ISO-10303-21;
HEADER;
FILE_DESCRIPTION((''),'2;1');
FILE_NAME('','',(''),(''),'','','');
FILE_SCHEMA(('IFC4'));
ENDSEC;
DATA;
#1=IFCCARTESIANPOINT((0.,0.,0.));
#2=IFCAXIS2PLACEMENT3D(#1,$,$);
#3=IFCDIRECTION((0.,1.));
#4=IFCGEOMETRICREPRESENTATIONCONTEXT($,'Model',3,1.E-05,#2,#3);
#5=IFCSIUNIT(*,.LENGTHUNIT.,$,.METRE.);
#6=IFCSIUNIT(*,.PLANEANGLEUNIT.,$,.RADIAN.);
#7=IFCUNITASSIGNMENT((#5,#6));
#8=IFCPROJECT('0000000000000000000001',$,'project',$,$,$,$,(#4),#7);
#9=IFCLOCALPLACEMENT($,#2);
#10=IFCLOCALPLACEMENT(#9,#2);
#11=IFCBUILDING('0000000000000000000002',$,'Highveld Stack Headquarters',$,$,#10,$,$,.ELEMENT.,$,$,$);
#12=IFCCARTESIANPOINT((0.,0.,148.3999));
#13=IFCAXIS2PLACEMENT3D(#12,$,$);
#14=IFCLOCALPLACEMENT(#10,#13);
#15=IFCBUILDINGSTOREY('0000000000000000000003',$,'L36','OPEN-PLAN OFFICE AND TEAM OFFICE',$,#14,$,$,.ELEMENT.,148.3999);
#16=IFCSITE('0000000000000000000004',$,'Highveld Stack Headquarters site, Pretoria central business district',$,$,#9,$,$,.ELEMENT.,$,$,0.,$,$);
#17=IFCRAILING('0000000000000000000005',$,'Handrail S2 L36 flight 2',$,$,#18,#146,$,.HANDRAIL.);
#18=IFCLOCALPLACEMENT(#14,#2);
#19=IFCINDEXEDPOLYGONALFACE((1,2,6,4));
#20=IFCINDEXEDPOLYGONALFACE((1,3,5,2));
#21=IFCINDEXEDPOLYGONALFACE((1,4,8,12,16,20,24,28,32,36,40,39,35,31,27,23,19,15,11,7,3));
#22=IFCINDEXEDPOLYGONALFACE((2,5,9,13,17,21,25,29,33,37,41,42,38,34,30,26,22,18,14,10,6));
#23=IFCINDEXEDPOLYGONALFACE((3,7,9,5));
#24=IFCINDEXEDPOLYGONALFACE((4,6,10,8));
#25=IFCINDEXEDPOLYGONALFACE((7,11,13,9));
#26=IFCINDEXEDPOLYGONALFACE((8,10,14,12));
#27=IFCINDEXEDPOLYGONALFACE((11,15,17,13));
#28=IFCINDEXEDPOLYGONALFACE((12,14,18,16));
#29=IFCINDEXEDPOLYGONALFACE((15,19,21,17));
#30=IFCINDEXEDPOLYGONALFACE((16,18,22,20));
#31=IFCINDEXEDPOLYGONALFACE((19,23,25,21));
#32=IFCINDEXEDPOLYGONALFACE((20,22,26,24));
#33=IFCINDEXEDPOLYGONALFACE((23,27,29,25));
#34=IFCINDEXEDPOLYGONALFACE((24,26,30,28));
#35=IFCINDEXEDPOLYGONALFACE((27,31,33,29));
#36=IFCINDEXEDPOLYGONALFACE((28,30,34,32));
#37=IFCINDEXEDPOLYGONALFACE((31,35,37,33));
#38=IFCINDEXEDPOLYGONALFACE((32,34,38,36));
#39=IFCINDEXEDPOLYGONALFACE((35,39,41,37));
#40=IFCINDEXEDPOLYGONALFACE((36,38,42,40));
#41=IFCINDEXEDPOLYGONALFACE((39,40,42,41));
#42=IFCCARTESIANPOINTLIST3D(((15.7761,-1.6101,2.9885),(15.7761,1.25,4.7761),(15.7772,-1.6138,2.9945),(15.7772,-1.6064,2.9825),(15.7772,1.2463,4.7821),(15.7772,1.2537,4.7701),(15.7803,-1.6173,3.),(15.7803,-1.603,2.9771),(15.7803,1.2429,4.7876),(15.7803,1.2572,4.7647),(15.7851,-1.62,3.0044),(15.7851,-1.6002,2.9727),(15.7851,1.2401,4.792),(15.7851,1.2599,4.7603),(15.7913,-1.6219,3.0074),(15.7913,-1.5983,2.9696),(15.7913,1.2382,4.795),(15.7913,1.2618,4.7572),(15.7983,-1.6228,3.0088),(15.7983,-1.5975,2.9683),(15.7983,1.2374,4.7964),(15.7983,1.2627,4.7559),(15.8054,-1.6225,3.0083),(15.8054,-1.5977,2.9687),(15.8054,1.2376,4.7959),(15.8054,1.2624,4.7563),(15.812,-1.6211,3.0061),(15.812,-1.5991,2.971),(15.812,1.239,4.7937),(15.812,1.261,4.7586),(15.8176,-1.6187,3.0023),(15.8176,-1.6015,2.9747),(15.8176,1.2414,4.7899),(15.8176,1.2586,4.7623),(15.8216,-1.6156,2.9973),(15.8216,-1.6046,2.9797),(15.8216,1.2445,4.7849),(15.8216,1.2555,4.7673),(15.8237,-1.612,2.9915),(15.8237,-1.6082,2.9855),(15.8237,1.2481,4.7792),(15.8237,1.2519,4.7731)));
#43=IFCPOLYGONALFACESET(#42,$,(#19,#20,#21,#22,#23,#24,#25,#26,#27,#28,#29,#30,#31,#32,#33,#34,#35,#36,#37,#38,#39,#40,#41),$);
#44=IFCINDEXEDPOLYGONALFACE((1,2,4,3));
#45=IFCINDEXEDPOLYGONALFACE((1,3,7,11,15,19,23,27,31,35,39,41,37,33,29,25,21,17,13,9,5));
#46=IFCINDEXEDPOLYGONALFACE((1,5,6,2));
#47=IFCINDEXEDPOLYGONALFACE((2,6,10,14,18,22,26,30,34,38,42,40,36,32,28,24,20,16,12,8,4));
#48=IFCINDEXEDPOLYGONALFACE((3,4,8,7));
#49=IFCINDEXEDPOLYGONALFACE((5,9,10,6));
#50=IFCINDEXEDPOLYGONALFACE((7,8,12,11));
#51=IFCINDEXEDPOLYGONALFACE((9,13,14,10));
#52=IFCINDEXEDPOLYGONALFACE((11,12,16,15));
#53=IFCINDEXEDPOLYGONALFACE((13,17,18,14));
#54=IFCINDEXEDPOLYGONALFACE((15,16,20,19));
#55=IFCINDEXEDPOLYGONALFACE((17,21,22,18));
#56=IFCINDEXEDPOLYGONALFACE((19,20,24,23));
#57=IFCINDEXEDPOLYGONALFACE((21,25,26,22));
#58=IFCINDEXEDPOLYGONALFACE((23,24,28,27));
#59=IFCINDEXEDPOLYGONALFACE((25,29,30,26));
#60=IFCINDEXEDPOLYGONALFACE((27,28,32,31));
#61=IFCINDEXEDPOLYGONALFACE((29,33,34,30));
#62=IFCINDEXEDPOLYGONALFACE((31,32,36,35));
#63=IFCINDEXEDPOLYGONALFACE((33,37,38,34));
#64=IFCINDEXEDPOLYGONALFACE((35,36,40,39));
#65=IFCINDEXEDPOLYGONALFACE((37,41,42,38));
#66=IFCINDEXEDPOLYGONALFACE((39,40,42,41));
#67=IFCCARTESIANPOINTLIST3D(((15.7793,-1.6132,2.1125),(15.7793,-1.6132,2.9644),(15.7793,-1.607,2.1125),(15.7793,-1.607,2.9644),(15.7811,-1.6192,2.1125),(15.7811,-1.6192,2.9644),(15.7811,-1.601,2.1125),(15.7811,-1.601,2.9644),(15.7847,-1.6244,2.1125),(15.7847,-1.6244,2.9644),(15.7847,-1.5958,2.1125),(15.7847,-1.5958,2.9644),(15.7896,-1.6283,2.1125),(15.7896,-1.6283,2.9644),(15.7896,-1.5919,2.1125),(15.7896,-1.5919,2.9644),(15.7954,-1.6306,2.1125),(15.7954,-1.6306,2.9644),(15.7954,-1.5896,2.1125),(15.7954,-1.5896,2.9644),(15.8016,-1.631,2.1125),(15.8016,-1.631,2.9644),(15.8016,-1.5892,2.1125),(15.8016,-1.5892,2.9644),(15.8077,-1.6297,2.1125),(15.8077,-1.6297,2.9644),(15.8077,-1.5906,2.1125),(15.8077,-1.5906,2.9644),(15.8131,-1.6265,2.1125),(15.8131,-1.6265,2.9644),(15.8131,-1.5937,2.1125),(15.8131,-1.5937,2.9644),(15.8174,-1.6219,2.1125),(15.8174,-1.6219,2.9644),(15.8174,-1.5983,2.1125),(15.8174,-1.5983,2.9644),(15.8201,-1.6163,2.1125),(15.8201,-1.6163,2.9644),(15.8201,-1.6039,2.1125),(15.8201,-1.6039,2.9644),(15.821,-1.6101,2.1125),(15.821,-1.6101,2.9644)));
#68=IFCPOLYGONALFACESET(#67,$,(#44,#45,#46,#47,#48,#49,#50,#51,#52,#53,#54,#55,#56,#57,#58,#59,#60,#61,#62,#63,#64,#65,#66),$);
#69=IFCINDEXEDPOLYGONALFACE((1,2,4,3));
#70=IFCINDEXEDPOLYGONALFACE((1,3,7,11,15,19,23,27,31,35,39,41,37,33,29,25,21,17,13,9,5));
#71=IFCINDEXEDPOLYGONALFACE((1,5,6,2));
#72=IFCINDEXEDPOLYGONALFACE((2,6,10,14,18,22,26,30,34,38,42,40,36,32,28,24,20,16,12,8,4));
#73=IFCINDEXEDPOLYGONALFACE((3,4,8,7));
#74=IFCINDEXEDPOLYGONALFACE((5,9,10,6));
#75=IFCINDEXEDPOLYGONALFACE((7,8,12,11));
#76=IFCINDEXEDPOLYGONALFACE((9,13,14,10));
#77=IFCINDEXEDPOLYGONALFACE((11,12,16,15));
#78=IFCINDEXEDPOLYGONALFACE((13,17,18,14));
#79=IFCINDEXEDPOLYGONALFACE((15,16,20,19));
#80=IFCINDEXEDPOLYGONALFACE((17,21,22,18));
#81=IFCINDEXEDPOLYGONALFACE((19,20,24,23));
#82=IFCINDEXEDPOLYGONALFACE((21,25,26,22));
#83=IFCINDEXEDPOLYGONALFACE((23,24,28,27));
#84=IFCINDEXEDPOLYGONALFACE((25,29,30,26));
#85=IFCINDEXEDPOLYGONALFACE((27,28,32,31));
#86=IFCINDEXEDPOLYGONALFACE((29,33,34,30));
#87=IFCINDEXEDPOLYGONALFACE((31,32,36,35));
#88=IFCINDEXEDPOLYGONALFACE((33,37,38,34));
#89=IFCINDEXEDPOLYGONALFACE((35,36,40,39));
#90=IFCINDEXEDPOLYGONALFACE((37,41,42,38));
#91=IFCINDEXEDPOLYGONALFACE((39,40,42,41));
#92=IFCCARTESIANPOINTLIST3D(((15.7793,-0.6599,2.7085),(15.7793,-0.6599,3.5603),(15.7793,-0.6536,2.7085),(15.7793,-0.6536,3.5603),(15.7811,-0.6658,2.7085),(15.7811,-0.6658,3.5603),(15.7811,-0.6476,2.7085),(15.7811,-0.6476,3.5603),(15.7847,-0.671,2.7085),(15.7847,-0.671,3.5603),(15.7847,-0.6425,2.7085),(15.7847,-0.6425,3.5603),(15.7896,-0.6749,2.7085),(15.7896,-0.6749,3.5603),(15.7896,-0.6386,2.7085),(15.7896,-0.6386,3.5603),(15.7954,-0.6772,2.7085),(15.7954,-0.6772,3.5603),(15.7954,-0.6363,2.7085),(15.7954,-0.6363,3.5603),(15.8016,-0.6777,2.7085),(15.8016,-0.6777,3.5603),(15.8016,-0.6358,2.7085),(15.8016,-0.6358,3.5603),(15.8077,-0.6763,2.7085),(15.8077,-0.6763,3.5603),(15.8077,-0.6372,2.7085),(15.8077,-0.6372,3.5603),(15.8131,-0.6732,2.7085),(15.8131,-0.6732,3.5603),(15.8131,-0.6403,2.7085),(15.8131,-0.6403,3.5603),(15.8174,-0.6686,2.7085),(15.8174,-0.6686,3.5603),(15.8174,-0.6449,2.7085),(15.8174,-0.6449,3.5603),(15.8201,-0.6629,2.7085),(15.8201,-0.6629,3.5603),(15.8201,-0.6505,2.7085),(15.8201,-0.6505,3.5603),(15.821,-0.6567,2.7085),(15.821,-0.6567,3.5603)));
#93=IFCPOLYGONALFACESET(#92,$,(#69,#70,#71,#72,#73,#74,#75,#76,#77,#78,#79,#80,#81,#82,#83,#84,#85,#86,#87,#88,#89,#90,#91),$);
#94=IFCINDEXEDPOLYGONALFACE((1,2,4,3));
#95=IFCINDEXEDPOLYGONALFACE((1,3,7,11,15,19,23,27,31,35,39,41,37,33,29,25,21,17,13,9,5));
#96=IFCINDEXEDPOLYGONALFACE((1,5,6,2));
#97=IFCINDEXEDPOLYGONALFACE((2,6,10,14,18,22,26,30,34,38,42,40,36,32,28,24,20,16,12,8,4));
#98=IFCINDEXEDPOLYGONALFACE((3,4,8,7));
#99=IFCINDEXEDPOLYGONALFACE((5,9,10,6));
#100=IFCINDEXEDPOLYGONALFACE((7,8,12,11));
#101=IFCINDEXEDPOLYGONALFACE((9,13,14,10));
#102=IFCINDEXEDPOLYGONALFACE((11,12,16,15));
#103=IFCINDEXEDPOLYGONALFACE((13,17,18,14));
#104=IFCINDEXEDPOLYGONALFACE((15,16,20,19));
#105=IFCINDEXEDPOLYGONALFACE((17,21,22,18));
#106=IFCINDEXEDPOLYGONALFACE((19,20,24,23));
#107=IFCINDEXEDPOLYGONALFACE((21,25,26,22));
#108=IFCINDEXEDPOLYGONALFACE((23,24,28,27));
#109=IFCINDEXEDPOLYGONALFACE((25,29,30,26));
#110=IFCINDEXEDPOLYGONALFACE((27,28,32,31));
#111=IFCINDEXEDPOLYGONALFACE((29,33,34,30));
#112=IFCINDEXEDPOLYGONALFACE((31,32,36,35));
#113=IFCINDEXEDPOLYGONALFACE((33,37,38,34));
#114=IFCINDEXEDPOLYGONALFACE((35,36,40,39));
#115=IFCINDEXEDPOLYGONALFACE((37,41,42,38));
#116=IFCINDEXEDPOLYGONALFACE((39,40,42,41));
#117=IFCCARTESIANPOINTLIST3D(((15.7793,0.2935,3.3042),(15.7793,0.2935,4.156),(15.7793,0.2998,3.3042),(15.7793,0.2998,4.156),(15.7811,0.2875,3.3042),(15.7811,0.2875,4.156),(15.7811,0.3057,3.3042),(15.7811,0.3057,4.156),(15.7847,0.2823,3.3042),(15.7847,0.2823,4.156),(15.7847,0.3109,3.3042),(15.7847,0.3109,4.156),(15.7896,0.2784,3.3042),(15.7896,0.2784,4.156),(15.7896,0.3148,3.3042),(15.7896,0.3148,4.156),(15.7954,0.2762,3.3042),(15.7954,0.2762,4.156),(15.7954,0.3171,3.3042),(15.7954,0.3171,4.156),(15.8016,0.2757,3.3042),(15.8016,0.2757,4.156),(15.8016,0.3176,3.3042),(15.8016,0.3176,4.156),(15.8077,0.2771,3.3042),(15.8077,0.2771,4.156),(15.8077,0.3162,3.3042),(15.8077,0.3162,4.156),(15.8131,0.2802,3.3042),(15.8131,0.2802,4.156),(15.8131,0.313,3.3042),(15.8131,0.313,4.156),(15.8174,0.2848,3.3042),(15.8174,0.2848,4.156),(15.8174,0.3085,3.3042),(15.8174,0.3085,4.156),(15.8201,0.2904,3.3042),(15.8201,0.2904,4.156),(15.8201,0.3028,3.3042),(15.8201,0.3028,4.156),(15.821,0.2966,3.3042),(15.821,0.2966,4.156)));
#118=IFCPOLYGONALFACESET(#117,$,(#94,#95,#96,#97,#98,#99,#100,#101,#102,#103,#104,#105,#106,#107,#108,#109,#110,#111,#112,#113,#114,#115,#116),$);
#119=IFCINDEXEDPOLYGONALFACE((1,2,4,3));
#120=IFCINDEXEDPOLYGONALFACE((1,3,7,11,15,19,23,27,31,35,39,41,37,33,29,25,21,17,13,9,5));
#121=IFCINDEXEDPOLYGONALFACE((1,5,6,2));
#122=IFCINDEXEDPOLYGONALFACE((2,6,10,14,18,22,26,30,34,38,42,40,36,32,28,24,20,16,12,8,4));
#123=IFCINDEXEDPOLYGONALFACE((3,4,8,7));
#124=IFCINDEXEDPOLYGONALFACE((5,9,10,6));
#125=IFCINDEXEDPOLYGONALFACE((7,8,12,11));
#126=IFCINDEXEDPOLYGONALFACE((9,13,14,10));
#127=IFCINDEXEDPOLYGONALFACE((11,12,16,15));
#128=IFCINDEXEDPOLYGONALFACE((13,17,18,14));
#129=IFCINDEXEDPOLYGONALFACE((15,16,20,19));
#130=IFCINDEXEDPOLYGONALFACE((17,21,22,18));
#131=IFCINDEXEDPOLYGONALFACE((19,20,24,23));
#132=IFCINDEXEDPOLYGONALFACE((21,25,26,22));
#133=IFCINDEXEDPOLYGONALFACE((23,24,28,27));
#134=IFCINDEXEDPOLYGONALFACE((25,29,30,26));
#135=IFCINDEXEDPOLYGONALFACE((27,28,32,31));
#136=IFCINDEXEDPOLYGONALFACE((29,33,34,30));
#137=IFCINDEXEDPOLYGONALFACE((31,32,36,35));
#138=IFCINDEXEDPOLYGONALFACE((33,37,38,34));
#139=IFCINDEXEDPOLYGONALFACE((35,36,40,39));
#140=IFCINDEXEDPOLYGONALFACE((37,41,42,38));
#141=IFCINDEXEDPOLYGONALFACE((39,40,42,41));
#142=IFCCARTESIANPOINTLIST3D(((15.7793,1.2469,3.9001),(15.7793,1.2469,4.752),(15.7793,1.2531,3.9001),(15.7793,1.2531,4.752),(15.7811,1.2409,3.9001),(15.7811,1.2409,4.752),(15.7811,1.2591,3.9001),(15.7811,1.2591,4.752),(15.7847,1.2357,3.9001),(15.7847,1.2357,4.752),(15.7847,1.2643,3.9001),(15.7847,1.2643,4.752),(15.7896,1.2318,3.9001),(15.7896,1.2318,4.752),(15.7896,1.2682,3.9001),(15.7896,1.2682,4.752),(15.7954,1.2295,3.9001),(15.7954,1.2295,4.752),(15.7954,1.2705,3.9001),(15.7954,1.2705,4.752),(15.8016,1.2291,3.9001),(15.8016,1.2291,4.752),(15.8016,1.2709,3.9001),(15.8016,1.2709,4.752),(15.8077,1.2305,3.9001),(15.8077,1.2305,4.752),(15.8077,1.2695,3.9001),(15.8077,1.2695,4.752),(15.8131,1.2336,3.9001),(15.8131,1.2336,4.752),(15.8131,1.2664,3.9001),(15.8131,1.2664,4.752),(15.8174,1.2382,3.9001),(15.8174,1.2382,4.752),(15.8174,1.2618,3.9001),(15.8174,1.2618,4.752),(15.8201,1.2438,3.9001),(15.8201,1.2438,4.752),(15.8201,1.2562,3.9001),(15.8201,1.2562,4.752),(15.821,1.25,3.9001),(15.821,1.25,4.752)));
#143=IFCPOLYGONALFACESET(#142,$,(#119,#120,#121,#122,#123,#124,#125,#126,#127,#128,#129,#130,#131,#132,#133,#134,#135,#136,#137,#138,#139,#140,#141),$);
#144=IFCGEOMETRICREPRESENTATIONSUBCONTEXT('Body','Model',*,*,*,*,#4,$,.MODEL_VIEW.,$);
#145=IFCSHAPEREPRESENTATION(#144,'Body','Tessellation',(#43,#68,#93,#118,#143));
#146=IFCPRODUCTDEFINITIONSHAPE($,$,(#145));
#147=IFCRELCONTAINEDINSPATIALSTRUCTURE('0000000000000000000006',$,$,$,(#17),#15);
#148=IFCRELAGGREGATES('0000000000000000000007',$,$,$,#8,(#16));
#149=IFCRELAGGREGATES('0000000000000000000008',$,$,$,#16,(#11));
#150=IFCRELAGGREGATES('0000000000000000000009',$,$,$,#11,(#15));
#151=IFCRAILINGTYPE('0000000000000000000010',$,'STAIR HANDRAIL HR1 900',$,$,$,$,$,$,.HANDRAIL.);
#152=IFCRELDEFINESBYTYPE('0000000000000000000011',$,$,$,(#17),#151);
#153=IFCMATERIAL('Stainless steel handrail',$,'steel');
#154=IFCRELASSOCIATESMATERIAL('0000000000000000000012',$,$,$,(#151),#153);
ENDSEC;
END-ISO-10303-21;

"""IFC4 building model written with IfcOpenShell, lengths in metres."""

from ifc_helpers import new_model, si_unit, direction, frame, origin, origin_2d, place, context, subcontext, project, spatial, circle, extrude, material, type_object, element, save


model = new_model("IFC4")

# Units and contexts
model_context = context("Model", 3, precision=1e-05, world=origin(), true_north=direction((0.0, 1.0)))
body_context = subcontext(model_context, "Body", "Model", "MODEL_VIEW")
ifc_project = project(units=[si_unit("LENGTHUNIT", "METRE"), si_unit("PLANEANGLEUNIT", "RADIAN")], contexts=[model_context])

# Site, building, storey
site_placement = place(None, origin())
site = spatial("IfcSite", under=ifc_project, at=site_placement, Name="Highveld Stack Headquarters site, Pretoria central business district", CompositionType="ELEMENT", RefElevation=0.0)
building_placement = place(site_placement, origin())
building = spatial("IfcBuilding", under=site, at=building_placement, Name="Highveld Stack Headquarters", CompositionType="ELEMENT")
storey_placement = place(building_placement, frame((0.0, 0.0, 148.3999)))
storey = spatial("IfcBuildingStorey", under=building, at=storey_placement, Name="L36", Description="OPEN-PLAN OFFICE AND TEAM OFFICE", CompositionType="ELEMENT", Elevation=148.3999)

# Railing
ifc_material_1 = material(Name="Stainless steel handrail", Category="steel")
railing_type = type_object("IfcRailingType", Name="STAIR HANDRAIL HR1 900", PredefinedType="HANDRAIL", material=ifc_material_1)
for number, where, name in (
    (1, (15.8, -1.6101, 2.1125), "Handrail S2 L36 flight 2"),
):
    element("IfcRailing", number, at=place(storey_placement, frame(where)), inside=storey, type_object=railing_type, Name=name, PredefinedType="HANDRAIL", context=body_context, shape_type="SweptSolid", body=[
        extrude(circle(Radius=0.0239, at=origin_2d()), frame((0.0, 0.0, 0.876), z_axis=(0.0, 0.847994, 0.530005), x_axis=(-1.0, 0.0, 0.0)), (0.0, 0.0, 1.0), 3.3728),
        extrude(circle(Radius=0.021, at=origin_2d()), origin(), (0.0, 0.0, 1.0), 0.8518),
        extrude(circle(Radius=0.021, at=origin_2d()), frame((0.0, 0.9534, 0.5959)), (0.0, 0.0, 1.0), 0.8518),
        extrude(circle(Radius=0.021, at=origin_2d()), frame((0.0, 1.9067, 1.1917)), (0.0, 0.0, 1.0), 0.8518),
        extrude(circle(Radius=0.021, at=origin_2d()), frame((0.0, 2.8601, 1.7876)), (0.0, 0.0, 1.0), 0.8518),
    ])

save(model, "model.ifc")
